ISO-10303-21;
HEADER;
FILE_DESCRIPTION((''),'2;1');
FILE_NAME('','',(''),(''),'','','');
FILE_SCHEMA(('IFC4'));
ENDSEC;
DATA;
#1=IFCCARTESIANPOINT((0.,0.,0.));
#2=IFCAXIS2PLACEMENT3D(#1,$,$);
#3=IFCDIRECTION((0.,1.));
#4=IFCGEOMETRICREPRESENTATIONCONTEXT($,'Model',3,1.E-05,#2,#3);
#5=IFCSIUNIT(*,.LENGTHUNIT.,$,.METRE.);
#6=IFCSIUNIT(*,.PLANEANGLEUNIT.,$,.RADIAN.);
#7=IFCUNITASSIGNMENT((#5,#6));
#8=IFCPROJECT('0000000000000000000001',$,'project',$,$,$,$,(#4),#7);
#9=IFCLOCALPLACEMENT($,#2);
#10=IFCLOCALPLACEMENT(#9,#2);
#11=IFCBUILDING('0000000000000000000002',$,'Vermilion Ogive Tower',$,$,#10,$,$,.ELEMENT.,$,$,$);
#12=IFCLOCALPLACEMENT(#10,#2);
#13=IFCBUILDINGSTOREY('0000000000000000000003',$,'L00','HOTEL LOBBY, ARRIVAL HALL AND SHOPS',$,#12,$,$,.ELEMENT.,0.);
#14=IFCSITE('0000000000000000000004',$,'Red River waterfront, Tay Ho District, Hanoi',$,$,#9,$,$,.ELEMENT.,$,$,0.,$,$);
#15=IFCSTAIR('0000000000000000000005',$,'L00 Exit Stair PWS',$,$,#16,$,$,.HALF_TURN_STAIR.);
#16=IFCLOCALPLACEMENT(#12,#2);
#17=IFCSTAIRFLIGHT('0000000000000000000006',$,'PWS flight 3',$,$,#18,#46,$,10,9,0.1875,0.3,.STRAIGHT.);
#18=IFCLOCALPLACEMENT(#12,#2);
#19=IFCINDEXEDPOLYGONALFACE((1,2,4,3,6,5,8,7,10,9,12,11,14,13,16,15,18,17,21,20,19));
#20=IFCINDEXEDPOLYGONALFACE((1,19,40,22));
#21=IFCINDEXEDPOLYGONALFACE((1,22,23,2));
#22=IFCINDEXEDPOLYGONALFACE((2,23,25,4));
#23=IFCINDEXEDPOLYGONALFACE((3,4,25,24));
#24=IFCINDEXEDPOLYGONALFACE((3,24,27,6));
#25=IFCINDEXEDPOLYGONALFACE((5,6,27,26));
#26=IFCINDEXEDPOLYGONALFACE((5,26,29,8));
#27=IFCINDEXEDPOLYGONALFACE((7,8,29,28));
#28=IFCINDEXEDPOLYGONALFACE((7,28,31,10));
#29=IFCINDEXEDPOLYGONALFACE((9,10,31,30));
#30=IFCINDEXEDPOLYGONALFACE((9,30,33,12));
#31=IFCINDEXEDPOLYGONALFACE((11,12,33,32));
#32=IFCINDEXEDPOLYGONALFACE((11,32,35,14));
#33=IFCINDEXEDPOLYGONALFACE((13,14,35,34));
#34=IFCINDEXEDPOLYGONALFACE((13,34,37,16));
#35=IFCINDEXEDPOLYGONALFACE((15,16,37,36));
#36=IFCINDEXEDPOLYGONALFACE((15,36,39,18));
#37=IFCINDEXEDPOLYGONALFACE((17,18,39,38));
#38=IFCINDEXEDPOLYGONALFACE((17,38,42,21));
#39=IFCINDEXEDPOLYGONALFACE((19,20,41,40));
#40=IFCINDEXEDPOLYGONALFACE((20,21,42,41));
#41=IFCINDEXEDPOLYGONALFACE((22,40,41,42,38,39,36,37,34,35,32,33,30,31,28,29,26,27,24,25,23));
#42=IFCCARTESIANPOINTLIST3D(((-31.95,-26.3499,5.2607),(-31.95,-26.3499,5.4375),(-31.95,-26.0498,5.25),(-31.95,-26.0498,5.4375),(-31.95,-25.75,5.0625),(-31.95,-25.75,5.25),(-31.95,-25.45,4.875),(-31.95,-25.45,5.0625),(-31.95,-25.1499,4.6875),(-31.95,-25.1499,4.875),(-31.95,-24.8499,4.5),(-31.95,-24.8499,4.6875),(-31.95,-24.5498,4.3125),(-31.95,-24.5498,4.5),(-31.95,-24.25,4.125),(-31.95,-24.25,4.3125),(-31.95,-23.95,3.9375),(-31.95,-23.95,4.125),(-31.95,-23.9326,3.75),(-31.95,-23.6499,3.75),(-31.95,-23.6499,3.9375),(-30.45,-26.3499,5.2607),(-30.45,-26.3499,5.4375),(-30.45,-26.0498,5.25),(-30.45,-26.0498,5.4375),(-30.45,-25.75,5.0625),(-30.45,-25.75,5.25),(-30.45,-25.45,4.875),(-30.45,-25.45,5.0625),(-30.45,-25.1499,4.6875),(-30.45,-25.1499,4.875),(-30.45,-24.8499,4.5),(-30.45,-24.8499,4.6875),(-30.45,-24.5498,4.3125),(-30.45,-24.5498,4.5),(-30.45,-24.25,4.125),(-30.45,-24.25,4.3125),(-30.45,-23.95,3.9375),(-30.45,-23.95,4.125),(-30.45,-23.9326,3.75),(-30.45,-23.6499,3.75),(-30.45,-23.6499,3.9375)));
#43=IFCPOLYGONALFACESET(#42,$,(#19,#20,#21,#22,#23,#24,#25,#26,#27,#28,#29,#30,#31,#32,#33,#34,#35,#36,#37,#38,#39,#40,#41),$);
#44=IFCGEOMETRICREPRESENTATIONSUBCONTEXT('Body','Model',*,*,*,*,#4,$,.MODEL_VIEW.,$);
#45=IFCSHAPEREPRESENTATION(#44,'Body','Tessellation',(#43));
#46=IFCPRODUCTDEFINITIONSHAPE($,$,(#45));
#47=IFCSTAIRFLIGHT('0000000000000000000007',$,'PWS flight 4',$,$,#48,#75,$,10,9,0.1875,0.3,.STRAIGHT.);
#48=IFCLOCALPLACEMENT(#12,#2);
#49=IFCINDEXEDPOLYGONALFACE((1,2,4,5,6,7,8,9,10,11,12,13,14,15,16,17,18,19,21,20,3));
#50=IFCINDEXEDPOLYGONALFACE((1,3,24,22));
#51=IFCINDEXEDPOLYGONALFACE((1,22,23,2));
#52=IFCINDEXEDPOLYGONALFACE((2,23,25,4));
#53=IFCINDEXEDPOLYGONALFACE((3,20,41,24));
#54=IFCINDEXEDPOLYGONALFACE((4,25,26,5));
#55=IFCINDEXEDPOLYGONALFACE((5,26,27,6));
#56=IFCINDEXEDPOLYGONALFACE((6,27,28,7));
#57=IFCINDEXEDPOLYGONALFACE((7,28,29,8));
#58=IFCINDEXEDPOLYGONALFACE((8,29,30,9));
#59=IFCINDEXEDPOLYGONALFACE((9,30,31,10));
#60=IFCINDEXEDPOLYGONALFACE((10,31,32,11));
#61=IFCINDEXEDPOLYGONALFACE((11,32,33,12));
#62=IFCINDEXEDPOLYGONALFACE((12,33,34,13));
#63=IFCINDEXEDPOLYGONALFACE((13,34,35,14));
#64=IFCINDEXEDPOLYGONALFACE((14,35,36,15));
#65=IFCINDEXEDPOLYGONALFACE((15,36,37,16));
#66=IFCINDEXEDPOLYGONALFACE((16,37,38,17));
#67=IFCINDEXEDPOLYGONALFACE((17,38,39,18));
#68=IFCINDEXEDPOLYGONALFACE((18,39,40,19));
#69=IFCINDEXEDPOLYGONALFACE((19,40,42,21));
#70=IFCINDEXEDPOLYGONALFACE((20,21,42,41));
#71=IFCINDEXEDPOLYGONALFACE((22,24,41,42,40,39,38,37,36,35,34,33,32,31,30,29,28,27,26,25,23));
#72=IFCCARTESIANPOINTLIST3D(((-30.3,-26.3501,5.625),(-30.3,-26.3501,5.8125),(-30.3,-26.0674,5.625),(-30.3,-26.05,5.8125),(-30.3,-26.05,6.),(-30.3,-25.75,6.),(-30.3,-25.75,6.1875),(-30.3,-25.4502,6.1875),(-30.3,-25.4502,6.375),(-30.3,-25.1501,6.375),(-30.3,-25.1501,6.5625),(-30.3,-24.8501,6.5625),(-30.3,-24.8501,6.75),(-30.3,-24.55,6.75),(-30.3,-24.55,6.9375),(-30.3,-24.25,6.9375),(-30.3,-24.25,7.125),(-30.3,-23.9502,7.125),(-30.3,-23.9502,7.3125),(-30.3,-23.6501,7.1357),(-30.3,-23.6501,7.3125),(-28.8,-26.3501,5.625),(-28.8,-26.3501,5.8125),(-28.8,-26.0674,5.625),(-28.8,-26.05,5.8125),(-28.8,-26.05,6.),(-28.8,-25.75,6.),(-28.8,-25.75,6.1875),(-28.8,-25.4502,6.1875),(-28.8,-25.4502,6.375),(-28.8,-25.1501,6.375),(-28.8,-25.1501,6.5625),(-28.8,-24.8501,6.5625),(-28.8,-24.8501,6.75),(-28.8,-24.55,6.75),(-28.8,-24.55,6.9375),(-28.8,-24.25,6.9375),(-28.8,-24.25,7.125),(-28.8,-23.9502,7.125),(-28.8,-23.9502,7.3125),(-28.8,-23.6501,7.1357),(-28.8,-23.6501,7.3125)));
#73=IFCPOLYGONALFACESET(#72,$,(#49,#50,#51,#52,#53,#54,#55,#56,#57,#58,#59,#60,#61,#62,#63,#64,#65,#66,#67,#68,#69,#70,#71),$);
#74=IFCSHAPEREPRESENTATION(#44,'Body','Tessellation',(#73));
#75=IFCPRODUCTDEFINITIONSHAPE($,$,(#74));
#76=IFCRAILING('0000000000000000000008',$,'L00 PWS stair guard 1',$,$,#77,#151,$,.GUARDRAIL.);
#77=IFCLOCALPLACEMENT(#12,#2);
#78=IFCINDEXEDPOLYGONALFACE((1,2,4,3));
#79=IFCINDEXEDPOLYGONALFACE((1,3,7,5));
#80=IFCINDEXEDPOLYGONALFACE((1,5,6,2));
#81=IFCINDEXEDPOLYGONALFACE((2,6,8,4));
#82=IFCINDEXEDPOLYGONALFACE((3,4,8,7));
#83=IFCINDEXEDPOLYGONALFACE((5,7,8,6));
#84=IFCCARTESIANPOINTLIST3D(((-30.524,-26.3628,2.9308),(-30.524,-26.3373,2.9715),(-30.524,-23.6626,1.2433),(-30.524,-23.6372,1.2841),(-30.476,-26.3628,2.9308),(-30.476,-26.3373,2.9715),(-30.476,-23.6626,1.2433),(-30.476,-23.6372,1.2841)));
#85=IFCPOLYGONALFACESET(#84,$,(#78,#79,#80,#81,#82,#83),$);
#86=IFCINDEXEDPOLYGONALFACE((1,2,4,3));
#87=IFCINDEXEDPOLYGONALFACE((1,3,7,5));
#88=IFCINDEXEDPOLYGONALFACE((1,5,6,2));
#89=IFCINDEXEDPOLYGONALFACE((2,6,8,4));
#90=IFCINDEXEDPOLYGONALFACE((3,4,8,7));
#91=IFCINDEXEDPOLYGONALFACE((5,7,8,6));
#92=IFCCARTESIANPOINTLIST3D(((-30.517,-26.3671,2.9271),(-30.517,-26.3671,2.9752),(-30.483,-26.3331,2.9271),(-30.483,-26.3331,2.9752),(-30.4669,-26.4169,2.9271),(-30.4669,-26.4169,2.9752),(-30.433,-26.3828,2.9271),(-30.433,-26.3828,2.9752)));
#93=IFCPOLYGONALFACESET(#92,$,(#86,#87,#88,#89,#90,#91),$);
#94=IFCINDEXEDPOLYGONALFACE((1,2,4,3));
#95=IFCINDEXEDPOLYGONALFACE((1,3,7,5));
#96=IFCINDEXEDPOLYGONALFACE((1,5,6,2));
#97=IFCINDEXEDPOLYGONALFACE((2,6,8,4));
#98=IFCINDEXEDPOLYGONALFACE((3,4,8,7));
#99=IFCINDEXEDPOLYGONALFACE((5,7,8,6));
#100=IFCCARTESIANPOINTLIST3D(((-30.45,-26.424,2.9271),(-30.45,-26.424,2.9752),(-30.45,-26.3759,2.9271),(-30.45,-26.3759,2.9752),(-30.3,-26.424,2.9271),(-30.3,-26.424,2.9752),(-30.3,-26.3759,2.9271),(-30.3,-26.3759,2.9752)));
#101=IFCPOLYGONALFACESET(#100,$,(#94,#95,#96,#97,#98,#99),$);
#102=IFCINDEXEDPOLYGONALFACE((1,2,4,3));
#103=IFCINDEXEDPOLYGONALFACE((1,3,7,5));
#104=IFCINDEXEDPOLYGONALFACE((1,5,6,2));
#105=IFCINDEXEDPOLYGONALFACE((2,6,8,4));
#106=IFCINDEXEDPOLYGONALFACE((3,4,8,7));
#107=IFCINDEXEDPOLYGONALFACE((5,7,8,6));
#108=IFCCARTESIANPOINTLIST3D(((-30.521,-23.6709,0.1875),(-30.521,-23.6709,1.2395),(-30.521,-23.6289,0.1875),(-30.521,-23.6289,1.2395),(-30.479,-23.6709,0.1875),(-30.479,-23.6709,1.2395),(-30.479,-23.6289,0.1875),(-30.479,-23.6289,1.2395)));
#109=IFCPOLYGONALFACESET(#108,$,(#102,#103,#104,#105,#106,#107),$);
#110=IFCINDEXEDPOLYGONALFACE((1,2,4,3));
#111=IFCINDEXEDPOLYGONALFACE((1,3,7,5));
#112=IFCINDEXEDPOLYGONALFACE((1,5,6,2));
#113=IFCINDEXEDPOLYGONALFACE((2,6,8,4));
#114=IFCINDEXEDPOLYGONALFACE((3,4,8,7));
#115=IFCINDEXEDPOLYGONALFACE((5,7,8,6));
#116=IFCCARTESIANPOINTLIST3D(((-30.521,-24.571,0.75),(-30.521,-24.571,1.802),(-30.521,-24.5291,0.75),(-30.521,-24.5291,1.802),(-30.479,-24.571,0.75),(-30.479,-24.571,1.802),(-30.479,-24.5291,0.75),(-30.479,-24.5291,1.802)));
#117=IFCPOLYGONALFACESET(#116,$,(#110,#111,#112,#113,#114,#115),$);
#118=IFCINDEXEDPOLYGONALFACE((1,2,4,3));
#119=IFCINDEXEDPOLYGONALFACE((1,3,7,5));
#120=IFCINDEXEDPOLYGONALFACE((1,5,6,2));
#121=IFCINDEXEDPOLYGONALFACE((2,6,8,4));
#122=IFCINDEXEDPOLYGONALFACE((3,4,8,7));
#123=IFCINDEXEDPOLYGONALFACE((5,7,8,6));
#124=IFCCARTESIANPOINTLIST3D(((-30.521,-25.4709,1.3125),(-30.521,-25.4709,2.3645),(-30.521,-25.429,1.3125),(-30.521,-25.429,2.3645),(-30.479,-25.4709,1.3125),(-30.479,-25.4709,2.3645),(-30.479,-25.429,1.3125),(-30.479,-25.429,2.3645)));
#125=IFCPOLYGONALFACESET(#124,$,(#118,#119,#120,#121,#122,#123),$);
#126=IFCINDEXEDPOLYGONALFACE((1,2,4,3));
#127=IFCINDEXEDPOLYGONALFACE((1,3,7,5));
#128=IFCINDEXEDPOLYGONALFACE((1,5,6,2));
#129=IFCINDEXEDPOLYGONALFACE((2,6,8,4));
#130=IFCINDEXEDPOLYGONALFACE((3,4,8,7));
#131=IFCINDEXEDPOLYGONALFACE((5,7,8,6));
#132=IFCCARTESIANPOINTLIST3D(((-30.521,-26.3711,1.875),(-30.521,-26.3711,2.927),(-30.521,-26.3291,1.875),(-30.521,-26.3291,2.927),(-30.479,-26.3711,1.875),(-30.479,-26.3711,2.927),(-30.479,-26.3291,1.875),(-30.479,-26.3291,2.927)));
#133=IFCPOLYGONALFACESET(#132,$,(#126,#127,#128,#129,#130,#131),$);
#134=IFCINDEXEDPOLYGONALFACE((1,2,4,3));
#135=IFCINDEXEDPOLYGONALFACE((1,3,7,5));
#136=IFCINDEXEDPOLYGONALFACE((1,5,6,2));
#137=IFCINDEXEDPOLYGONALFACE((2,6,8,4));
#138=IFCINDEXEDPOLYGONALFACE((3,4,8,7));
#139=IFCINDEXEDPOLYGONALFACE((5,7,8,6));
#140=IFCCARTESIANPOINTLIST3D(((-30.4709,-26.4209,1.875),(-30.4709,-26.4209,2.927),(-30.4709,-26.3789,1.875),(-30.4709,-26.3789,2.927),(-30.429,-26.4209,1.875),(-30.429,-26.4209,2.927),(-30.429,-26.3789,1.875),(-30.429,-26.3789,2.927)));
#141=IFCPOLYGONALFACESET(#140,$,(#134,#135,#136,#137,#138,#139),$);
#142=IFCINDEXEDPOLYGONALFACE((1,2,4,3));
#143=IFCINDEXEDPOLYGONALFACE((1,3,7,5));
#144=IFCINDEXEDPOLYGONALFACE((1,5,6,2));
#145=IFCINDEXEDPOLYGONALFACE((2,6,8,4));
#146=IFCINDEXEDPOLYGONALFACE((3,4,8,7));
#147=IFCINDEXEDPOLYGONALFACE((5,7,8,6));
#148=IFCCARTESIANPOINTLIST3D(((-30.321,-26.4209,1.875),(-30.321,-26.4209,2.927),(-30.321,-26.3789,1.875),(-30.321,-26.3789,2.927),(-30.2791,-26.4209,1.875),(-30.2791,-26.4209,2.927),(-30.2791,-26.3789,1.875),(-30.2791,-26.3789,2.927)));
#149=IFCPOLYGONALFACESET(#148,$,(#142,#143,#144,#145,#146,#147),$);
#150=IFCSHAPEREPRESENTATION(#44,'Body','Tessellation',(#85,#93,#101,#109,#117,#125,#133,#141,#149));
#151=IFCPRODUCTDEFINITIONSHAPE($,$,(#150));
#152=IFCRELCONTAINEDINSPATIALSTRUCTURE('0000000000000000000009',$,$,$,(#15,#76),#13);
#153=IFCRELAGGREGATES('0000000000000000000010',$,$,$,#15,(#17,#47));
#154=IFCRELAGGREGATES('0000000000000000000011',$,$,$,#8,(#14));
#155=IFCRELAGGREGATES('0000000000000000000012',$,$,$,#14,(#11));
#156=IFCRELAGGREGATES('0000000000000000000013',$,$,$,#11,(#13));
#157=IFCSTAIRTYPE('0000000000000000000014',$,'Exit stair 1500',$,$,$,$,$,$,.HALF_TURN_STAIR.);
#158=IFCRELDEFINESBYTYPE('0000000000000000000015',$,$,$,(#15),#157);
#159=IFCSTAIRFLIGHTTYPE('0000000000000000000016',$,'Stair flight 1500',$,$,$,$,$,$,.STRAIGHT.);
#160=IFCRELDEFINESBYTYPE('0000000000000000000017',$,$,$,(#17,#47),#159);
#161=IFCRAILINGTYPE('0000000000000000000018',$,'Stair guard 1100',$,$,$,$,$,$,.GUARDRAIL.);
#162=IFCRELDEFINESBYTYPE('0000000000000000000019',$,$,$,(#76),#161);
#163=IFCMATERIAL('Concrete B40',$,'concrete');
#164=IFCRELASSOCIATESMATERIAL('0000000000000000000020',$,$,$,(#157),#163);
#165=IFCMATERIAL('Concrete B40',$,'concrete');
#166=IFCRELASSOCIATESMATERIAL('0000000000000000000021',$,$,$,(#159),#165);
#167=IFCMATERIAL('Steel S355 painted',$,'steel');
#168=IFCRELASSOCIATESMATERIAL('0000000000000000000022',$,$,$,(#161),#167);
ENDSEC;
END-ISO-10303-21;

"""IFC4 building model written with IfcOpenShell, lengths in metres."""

from ifc_helpers import new_model, si_unit, direction, frame, origin, origin_2d, place, context, subcontext, project, spatial, polyline, rectangle, outline, extrude, material, type_object, element, aggregate, save


model = new_model("IFC4")

# Units and contexts
model_context = context("Model", 3, precision=1e-05, world=origin(), true_north=direction((0.0, 1.0)))
body_context = subcontext(model_context, "Body", "Model", "MODEL_VIEW")
ifc_project = project(units=[si_unit("LENGTHUNIT", "METRE"), si_unit("PLANEANGLEUNIT", "RADIAN")], contexts=[model_context])

# Site, building, storey
site_placement = place(None, origin())
site = spatial("IfcSite", under=ifc_project, at=site_placement, Name="Red River waterfront, Tay Ho District, Hanoi", CompositionType="ELEMENT", RefElevation=0.0)
building_placement = place(site_placement, origin())
building = spatial("IfcBuilding", under=site, at=building_placement, Name="Vermilion Ogive Tower", CompositionType="ELEMENT")
storey_placement = place(building_placement, origin())
storey = spatial("IfcBuildingStorey", under=building, at=storey_placement, Name="L00", Description="HOTEL LOBBY, ARRIVAL HALL AND SHOPS", CompositionType="ELEMENT", Elevation=0.0)

# Stair, stair flights
ifc_material_1 = material(Name="Concrete B40", Category="concrete")
stair_type = type_object("IfcStairType", Name="Exit stair 1500", PredefinedType="HALF_TURN_STAIR", material=ifc_material_1)
stair_placement = place(storey_placement, origin())
stair = element("IfcStair", 1, at=stair_placement, inside=storey, type_object=stair_type, Name="L00 Exit Stair PWS", PredefinedType="HALF_TURN_STAIR")
ifc_material_2 = material(Name="Concrete B40", Category="concrete")
stair_flight_type = type_object("IfcStairFlightType", Name="Stair flight 1500", PredefinedType="STRAIGHT", material=ifc_material_2)
stair_flight_1_placement = place(storey_placement, frame((-31.2, -23.6499, 3.75), z_axis=(0.0, 0.0, 1.0), x_axis=(0.0, -1.0, 0.0)))
stair_flight_1 = element("IfcStairFlight", 2, at=stair_flight_1_placement, type_object=stair_flight_type, Name="PWS flight 3", NumberOfRisers=10, NumberOfTreads=9, PredefinedType="STRAIGHT", RiserHeight=0.1875, TreadLength=0.3, context=body_context, shape_type="SweptSolid", body=[
    extrude(outline(polyline([(0.0, 0.0), (0.0, 0.1875), (0.3, 0.1875), (0.3, 0.375), (0.6001, 0.375), (0.6001, 0.5625), (0.8999, 0.5625), (0.8999, 0.75), (1.2, 0.75), (1.2, 0.9375), (1.5, 0.9375), (1.5, 1.125), (1.8, 1.125), (1.8, 1.3125), (2.1001, 1.3125), (2.1001, 1.5), (2.3999, 1.5), (2.3999, 1.6875), (2.7, 1.6875), (2.7, 1.875), (2.7, 1.5107), (0.2827, 0.0), (0.0, 0.0)])), frame((0.0, 0.75, 0.0), z_axis=(0.0, -1.0, 0.0), x_axis=(1.0, 0.0, 0.0)), (0.0, 0.0, 1.0), 1.5),
])
stair_flight_2_placement = place(storey_placement, frame((-29.55, -26.3501, 5.625), z_axis=(0.0, 0.0, 1.0), x_axis=(0.0, 1.0, 0.0)))
stair_flight_2 = element("IfcStairFlight", 3, at=stair_flight_2_placement, type_object=stair_flight_type, Name="PWS flight 4", NumberOfRisers=10, NumberOfTreads=9, PredefinedType="STRAIGHT", RiserHeight=0.1875, TreadLength=0.3, context=body_context, shape_type="SweptSolid", body=[
    extrude(outline(polyline([(0.0, 0.0), (0.0, 0.1875), (0.3, 0.1875), (0.3, 0.375), (0.6001, 0.375), (0.6001, 0.5625), (0.8999, 0.5625), (0.8999, 0.75), (1.2, 0.75), (1.2, 0.9375), (1.5, 0.9375), (1.5, 1.125), (1.8, 1.125), (1.8, 1.3125), (2.1001, 1.3125), (2.1001, 1.5), (2.3999, 1.5), (2.3999, 1.6875), (2.7, 1.6875), (2.7, 1.875), (2.7, 1.5107), (0.2827, 0.0), (0.0, 0.0)])), frame((0.0, 0.75, 0.0), z_axis=(0.0, -1.0, 0.0), x_axis=(1.0, 0.0, 0.0)), (0.0, 0.0, 1.0), 1.5),
])
aggregate(stair, [stair_flight_1, stair_flight_2])

# Railing
ifc_material_3 = material(Name="Steel S355 painted", Category="steel")
railing_type_1 = type_object("IfcRailingType", Name="Stair guard 1100", PredefinedType="GUARDRAIL", material=ifc_material_3)
railing_1_placement = place(storey_placement, frame((-30.5, -23.6499, 0.1875)))
element("IfcRailing", 4, at=railing_1_placement, inside=storey, type_object=railing_type_1, Name="L00 PWS stair guard 1", PredefinedType="GUARDRAIL", context=body_context, shape_type="SweptSolid", body=[
    extrude(rectangle(XDim=0.0481, YDim=0.0481, at=origin_2d()), frame((0.0, 0.0, 1.0762), z_axis=(0.0, -0.848016, 0.529971), x_axis=(1.0, 0.0, 0.0)), (0.0, 0.0, 1.0), 3.1841),
    extrude(rectangle(XDim=0.0481, YDim=0.0481, at=origin_2d()), frame((0.0, -2.7002, 2.7637), z_axis=(0.708834, -0.705376, 0.0), x_axis=(0.705376, 0.708834, 0.0)), (0.0, 0.0, 1.0), 0.0706),
    extrude(rectangle(XDim=0.0481, YDim=0.0481, at=origin_2d()), frame((0.05, -2.75, 2.7637), z_axis=(1.0, 0.0, 0.0), x_axis=(0.0, 1.0, 0.0)), (0.0, 0.0, 1.0), 0.1499),
    extrude(rectangle(XDim=0.042, YDim=0.042, at=origin_2d()), origin(), (0.0, 0.0, 1.0), 1.052),
    extrude(rectangle(XDim=0.042, YDim=0.042, at=origin_2d()), frame((0.0, -0.9001, 0.5625)), (0.0, 0.0, 1.0), 1.052),
    extrude(rectangle(XDim=0.042, YDim=0.042, at=origin_2d()), frame((0.0, -1.8, 1.125)), (0.0, 0.0, 1.0), 1.052),
    extrude(rectangle(XDim=0.042, YDim=0.042, at=origin_2d()), frame((0.0, -2.7002, 1.6875)), (0.0, 0.0, 1.0), 1.052),
    extrude(rectangle(XDim=0.042, YDim=0.042, at=origin_2d()), frame((0.05, -2.75, 1.6875)), (0.0, 0.0, 1.0), 1.052),
    extrude(rectangle(XDim=0.042, YDim=0.042, at=origin_2d()), frame((0.2, -2.75, 1.6875)), (0.0, 0.0, 1.0), 1.052),
])

save(model, "model.ifc")
